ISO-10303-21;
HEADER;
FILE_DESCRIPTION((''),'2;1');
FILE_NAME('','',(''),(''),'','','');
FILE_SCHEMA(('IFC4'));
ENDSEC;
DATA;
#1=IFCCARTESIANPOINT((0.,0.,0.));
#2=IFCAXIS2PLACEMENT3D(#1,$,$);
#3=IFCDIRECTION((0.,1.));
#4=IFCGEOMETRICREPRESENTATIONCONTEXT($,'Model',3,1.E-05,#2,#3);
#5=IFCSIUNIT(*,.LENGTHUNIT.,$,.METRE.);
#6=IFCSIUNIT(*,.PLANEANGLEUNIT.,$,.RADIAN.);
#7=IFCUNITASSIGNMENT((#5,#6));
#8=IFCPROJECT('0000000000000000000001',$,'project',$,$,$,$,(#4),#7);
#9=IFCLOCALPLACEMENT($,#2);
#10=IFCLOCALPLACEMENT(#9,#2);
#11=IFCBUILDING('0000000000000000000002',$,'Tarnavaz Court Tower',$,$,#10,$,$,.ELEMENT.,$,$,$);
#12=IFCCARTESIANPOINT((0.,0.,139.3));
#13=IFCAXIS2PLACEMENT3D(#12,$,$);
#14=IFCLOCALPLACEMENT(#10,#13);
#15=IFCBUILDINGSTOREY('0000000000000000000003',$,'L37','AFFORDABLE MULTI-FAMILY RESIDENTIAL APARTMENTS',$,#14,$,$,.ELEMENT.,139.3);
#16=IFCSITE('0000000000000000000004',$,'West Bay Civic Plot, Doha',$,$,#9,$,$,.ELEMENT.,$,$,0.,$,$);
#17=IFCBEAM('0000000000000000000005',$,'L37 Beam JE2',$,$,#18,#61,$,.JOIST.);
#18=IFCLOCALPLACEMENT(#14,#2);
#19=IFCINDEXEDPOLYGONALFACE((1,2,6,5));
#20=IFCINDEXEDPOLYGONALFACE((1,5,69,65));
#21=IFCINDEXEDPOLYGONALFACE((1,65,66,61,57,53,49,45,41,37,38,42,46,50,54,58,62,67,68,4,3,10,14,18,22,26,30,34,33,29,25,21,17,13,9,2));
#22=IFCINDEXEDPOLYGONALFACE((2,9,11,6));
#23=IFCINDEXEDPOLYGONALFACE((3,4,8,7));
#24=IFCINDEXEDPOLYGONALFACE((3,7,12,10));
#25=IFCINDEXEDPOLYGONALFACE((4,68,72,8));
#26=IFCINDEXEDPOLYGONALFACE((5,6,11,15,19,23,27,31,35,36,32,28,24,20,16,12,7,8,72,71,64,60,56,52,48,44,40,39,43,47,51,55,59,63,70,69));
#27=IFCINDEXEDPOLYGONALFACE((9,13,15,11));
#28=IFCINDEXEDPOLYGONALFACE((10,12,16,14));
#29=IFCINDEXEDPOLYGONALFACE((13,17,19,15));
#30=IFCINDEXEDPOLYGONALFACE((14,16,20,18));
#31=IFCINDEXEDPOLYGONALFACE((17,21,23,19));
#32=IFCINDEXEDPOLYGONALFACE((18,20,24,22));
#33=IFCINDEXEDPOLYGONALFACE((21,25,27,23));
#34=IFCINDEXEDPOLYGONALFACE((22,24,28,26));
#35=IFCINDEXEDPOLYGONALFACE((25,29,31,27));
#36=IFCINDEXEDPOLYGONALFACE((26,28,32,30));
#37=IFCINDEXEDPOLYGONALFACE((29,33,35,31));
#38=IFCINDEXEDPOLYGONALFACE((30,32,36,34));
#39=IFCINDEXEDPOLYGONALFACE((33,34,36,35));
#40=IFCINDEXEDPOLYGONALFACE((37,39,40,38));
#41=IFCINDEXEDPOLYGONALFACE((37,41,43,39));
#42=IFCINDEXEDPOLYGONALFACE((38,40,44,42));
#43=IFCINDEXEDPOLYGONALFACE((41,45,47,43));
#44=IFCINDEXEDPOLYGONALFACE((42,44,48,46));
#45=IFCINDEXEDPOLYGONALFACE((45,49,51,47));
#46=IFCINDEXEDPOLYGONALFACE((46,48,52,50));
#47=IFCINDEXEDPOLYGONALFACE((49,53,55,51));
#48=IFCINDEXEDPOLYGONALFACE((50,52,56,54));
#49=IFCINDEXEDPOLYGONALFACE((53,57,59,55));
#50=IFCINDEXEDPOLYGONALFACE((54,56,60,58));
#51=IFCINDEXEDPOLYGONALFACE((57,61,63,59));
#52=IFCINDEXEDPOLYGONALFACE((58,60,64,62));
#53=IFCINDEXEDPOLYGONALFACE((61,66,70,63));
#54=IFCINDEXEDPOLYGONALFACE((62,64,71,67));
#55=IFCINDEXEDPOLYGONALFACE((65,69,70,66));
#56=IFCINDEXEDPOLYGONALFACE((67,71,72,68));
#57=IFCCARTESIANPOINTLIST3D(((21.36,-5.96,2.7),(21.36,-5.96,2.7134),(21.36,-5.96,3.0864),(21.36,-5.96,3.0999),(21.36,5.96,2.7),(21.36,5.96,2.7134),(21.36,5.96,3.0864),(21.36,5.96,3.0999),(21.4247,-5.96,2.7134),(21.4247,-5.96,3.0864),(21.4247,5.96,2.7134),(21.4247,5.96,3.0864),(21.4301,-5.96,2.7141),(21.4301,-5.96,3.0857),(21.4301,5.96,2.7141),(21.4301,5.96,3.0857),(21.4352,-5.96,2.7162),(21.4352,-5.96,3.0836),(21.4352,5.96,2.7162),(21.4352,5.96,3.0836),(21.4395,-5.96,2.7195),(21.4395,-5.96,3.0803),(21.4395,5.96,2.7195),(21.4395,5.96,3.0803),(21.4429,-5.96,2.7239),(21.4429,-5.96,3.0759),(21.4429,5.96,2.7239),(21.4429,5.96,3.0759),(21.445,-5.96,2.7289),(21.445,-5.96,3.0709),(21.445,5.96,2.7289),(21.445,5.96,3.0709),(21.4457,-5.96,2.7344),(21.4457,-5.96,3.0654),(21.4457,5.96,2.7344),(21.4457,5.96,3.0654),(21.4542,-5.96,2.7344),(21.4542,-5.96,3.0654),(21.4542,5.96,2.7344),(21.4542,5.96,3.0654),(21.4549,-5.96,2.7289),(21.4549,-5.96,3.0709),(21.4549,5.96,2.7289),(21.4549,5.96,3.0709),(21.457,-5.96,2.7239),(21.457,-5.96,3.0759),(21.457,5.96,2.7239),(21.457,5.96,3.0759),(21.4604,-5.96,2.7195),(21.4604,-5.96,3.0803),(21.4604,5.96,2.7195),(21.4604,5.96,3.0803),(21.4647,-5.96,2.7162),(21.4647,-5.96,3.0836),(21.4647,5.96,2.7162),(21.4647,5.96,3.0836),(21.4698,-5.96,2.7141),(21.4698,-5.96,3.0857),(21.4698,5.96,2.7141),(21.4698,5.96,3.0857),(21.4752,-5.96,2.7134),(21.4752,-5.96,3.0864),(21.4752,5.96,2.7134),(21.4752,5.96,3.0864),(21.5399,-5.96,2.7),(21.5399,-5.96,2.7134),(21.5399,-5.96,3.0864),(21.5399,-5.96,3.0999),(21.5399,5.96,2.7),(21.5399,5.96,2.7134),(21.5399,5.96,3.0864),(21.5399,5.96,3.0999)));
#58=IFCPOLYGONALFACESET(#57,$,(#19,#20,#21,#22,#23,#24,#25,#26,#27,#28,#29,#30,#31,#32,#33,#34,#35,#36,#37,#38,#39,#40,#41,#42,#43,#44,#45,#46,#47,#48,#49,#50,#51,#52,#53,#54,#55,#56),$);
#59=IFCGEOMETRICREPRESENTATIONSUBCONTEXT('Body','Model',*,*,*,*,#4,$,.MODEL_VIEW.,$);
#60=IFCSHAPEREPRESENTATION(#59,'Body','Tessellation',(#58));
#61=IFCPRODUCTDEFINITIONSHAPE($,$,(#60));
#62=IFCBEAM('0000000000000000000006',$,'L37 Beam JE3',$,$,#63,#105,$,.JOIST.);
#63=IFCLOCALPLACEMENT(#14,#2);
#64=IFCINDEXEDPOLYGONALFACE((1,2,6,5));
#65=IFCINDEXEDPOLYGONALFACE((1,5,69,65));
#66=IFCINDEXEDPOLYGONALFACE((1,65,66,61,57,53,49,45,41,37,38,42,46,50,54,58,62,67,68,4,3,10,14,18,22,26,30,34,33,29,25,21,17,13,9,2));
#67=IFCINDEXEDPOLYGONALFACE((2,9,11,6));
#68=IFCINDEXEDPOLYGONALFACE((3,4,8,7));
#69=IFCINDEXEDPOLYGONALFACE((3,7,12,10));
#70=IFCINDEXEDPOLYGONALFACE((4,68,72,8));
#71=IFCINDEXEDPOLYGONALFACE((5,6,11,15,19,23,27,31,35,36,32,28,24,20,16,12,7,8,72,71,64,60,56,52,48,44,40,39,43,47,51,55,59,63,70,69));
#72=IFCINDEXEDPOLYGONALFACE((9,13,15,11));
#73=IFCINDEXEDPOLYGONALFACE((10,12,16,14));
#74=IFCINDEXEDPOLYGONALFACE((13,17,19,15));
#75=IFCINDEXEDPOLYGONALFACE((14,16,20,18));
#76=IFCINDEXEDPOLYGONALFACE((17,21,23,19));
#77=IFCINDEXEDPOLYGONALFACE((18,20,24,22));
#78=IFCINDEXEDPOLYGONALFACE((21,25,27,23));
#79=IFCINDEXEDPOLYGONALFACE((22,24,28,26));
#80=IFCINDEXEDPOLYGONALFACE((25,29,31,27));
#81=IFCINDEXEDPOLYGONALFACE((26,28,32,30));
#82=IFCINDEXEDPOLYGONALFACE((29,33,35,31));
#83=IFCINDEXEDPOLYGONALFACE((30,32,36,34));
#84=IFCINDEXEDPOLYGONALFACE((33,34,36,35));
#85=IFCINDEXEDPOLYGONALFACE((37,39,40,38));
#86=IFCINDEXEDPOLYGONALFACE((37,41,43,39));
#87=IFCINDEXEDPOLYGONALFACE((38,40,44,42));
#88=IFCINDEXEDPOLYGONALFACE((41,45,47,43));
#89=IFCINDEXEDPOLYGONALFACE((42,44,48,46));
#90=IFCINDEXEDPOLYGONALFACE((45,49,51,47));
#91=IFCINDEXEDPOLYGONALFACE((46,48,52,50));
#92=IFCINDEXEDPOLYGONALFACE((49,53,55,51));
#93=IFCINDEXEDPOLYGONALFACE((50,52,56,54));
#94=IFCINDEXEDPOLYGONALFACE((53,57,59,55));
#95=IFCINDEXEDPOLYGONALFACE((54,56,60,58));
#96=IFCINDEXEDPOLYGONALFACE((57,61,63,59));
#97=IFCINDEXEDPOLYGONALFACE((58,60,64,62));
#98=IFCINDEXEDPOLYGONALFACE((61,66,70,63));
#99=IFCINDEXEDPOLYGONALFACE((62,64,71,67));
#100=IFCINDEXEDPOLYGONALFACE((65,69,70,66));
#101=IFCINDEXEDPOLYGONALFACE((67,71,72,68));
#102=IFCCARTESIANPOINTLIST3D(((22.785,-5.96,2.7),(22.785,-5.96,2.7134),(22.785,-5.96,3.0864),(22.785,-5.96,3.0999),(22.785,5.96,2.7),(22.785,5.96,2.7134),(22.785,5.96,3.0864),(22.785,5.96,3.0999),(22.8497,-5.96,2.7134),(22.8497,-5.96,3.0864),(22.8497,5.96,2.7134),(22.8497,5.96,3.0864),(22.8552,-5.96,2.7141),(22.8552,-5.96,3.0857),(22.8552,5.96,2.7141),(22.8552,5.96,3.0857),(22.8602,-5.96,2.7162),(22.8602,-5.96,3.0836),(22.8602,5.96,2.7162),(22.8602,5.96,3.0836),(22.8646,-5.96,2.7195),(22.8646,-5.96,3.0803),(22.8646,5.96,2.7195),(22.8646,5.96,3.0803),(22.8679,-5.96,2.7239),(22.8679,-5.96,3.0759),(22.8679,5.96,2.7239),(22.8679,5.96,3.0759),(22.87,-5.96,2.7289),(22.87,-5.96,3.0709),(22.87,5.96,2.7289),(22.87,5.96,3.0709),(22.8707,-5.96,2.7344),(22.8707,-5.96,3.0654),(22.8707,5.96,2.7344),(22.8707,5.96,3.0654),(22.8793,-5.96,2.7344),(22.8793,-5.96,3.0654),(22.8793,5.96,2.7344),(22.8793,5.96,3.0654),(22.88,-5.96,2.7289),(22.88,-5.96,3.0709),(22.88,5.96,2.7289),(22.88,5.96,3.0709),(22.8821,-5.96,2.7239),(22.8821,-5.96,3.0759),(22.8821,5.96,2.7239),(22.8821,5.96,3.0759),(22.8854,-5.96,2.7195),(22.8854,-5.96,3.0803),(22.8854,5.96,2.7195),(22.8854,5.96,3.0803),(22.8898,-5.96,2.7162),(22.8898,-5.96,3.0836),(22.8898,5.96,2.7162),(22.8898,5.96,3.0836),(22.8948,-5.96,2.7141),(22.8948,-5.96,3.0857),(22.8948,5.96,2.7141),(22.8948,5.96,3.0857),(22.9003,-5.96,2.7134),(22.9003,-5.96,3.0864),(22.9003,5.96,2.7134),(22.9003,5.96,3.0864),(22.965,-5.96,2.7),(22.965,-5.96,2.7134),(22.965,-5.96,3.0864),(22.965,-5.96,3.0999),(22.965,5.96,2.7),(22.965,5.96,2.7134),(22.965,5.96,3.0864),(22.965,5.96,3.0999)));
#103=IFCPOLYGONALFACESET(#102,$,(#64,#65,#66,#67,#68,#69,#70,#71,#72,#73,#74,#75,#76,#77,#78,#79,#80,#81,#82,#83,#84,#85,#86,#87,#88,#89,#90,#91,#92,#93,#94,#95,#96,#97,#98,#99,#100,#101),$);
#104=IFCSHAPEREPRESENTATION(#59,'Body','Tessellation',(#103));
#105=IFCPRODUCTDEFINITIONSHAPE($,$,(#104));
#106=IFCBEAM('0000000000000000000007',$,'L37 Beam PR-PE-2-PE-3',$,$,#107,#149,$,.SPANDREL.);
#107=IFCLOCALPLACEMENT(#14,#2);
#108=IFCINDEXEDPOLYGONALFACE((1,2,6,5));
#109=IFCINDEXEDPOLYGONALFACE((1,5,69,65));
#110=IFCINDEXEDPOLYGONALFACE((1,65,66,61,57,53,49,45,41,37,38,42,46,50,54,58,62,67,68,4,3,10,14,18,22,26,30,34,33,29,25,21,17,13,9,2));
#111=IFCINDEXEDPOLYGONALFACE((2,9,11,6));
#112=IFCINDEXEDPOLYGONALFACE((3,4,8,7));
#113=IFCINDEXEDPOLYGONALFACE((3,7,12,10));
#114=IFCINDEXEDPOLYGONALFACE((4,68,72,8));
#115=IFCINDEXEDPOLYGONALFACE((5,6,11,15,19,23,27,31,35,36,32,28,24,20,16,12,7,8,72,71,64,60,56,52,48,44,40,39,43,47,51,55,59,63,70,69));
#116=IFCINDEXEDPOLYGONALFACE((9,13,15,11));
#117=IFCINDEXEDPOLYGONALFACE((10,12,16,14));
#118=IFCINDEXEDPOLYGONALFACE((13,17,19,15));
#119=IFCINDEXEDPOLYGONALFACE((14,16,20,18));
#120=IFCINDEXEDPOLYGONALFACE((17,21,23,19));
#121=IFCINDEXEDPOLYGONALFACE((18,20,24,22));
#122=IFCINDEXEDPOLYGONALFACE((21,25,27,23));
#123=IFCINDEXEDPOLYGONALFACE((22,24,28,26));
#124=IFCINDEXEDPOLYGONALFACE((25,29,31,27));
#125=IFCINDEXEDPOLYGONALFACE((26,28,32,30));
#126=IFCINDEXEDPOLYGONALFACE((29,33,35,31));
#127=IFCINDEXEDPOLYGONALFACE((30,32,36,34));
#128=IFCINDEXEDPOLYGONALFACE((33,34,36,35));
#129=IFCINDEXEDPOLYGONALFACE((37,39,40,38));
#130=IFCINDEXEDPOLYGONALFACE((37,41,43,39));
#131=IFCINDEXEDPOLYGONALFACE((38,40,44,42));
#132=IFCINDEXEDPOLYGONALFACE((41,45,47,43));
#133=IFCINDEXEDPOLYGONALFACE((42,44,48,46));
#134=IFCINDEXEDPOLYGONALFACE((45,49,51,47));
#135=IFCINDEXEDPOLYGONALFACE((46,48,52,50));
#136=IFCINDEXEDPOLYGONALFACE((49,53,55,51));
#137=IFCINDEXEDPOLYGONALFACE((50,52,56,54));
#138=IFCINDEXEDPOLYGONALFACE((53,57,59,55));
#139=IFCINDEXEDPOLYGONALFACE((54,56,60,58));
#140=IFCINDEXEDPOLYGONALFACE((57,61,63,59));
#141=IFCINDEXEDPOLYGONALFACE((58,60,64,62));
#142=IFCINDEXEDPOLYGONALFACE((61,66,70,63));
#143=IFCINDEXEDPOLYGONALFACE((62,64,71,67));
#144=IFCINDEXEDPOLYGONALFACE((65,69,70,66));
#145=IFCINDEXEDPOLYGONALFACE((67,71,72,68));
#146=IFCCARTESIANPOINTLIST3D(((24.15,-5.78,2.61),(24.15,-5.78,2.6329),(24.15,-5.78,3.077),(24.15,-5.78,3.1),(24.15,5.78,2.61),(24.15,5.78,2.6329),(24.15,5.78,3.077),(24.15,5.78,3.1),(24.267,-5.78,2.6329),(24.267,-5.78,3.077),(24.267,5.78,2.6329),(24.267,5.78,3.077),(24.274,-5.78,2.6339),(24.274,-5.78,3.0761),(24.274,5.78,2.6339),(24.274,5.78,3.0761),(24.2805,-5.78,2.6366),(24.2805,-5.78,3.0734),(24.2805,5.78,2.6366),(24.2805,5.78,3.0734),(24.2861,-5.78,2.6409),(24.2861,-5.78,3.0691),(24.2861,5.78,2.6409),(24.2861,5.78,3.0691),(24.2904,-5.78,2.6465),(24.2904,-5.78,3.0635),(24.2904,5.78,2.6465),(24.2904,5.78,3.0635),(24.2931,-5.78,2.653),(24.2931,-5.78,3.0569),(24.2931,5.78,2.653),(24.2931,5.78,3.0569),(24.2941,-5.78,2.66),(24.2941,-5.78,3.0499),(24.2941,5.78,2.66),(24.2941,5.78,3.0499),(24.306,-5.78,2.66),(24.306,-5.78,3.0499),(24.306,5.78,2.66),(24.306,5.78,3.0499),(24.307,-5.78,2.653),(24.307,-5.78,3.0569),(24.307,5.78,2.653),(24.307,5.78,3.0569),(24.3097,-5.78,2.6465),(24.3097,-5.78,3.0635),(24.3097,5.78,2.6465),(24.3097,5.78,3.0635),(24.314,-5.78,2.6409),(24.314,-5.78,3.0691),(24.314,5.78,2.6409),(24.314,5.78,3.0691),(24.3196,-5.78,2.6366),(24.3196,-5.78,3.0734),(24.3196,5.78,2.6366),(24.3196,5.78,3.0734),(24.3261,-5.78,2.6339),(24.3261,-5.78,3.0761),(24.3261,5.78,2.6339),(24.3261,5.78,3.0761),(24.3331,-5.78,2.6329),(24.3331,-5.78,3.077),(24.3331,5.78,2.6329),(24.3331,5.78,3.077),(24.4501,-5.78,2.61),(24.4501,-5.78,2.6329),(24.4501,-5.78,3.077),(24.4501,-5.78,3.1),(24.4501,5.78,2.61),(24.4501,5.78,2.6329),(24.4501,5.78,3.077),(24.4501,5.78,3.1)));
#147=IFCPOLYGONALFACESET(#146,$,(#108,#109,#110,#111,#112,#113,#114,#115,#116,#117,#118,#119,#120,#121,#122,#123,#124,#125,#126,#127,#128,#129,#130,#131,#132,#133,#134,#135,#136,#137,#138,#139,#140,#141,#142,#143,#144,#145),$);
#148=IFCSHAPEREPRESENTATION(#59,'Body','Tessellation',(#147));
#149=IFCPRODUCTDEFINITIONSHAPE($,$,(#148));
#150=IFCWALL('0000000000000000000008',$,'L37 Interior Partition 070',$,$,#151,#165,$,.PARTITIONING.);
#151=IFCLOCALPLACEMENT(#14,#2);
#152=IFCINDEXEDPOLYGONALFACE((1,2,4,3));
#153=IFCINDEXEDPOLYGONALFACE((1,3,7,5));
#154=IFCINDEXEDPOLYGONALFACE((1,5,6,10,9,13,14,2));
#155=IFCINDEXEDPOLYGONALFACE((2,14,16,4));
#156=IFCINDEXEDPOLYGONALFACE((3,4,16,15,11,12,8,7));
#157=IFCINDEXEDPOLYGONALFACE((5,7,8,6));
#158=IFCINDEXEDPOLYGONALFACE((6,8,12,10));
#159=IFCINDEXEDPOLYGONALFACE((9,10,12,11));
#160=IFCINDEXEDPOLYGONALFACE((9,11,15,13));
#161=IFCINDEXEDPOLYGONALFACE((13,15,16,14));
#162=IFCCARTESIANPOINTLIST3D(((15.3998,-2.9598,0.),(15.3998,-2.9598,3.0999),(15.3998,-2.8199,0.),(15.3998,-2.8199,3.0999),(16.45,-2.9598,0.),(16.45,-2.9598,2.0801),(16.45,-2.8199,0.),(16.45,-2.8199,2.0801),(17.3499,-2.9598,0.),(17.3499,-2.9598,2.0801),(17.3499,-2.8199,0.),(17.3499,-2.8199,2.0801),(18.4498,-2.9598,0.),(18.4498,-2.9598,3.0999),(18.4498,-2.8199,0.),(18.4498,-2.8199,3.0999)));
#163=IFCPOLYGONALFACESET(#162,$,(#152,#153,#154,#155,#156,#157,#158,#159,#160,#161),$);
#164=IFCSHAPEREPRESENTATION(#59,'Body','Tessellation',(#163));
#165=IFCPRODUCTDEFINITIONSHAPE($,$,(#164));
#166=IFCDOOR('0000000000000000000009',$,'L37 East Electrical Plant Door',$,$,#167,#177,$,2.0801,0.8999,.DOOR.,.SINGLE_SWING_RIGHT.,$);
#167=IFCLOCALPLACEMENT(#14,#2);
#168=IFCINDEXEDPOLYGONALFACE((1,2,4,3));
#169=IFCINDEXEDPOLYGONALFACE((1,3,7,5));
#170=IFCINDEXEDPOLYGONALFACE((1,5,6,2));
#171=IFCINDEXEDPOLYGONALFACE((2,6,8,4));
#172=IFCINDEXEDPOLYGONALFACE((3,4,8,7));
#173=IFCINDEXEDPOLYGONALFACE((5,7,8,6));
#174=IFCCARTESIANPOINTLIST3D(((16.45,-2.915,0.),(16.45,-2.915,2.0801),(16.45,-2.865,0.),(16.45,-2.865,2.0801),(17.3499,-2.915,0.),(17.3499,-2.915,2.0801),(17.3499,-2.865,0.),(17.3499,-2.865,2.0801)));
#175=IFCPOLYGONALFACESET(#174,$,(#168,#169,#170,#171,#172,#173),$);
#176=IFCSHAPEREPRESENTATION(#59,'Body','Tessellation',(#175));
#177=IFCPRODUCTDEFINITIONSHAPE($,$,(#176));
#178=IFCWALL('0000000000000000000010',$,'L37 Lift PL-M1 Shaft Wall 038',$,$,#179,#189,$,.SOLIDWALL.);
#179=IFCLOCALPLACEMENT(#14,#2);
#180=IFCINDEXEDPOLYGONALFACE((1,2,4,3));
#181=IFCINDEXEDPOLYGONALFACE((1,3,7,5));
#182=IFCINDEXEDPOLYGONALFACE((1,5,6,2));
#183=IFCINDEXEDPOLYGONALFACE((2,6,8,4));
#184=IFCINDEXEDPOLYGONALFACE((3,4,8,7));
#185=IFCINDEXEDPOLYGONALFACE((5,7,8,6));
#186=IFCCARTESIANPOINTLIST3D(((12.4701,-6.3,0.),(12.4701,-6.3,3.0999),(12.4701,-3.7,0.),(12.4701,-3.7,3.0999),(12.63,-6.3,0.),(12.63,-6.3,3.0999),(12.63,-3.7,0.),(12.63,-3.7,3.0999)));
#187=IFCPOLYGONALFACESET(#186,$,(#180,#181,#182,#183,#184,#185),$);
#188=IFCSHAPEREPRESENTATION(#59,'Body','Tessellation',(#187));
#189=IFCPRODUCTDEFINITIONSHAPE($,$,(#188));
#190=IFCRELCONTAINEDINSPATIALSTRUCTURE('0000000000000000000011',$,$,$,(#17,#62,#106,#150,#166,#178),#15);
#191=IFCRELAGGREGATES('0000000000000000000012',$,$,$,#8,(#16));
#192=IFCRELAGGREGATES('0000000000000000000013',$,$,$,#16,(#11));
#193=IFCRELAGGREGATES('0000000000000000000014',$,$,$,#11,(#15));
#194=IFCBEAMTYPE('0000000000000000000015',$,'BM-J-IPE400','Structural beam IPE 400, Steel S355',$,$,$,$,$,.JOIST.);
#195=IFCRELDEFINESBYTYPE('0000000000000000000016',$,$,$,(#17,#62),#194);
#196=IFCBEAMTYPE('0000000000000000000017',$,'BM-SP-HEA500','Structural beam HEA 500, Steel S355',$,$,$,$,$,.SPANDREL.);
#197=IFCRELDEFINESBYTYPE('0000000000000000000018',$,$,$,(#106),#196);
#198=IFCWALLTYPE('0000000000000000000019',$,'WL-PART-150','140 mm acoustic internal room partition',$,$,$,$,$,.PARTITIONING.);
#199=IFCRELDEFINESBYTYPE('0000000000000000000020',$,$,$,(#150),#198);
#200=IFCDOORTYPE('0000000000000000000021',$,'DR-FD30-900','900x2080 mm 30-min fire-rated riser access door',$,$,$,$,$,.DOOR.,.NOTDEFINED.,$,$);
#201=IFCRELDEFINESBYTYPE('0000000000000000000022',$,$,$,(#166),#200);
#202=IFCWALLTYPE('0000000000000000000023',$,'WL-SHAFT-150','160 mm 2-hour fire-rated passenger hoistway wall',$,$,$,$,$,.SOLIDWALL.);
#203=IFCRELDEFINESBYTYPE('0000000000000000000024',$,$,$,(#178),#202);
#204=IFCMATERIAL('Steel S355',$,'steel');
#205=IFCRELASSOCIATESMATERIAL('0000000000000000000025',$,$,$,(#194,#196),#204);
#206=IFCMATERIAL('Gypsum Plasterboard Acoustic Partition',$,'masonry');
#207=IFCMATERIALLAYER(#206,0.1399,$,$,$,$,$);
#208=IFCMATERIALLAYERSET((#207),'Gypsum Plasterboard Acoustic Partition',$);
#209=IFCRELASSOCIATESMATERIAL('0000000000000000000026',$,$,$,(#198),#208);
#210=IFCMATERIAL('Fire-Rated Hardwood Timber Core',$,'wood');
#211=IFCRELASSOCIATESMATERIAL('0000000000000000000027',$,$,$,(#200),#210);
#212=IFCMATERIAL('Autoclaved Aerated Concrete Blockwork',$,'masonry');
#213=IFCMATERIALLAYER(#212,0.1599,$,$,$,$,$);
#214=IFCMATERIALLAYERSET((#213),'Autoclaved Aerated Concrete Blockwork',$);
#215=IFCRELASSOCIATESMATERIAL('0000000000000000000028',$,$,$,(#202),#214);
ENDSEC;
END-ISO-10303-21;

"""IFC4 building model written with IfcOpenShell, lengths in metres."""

from ifc_helpers import new_model, si_unit, direction, frame, frame_2d, origin, origin_2d, place, context, subcontext, project, spatial, rectangle, i_section, extrude, material, layer, layer_set, material_profile, profile_set, type_object, element, fill, save


model = new_model("IFC4")

# Units and contexts
model_context = context("Model", 3, precision=1e-05, world=origin(), true_north=direction((0.0, 1.0)))
body_context = subcontext(model_context, "Body", "Model", "MODEL_VIEW")
ifc_project = project(units=[si_unit("LENGTHUNIT", "METRE"), si_unit("PLANEANGLEUNIT", "RADIAN")], contexts=[model_context])

# Site, building, storey
site_placement = place(None, origin())
site = spatial("IfcSite", under=ifc_project, at=site_placement, Name="West Bay Civic Plot, Doha", CompositionType="ELEMENT", RefElevation=0.0)
building_placement = place(site_placement, origin())
building = spatial("IfcBuilding", under=site, at=building_placement, Name="Tarnavaz Court Tower", CompositionType="ELEMENT")
storey_placement = place(building_placement, frame((0.0, 0.0, 139.3)))
storey = spatial("IfcBuildingStorey", under=building, at=storey_placement, Name="L37", Description="AFFORDABLE MULTI-FAMILY RESIDENTIAL APARTMENTS", CompositionType="ELEMENT", Elevation=139.3)

# Beams
ifc_material_1 = material(Name="Steel S355", Category="steel")
ifc_material_profile_1 = material_profile(ifc_material_1, i_section(OverallWidth=0.1799, OverallDepth=0.3999, WebThickness=0.0085, FlangeThickness=0.0134, FilletRadius=0.021, at=origin_2d()), Name="IPE 400")
ifc_profile_set_1 = profile_set([ifc_material_profile_1], Name="Steel S355")
beam_type_1 = type_object("IfcBeamType", Name="BM-J-IPE400", Description="Structural beam IPE 400, Steel S355", PredefinedType="JOIST", material=ifc_profile_set_1)
for number, where, z_axis, x_axis, name in (
    (1, (21.45, -5.96, 2.8999), (0.0, 1.0, 0.0), (-1.0, 0.0, 0.0), "L37 Beam JE2"),
    (2, (22.875, -5.96, 2.8999), (0.0, 1.0, 0.0), (-1.0, 0.0, 0.0), "L37 Beam JE3"),
):
    element("IfcBeam", number, at=place(storey_placement, frame(where, z_axis=z_axis, x_axis=x_axis)), inside=storey, type_object=beam_type_1, Name=name, PredefinedType="JOIST", context=body_context, shape_type="SweptSolid", body=[
        extrude(i_section(OverallWidth=0.1799, OverallDepth=0.3999, WebThickness=0.0085, FlangeThickness=0.0134, FilletRadius=0.021, at=origin_2d()), origin(), (0.0, 0.0, 1.0), 11.9199),
    ])
ifc_material_profile_2 = material_profile(ifc_material_1, i_section(OverallWidth=0.3, OverallDepth=0.49, WebThickness=0.012, FlangeThickness=0.0229, FilletRadius=0.0271, at=origin_2d()), Name="HEA 500")
ifc_profile_set_2 = profile_set([ifc_material_profile_2], Name="Steel S355")
beam_type_2 = type_object("IfcBeamType", Name="BM-SP-HEA500", Description="Structural beam HEA 500, Steel S355", PredefinedType="SPANDREL", material=ifc_profile_set_2)
beam_1_placement = place(storey_placement, frame((24.3, -5.78, 2.855), z_axis=(0.0, 1.0, 0.0), x_axis=(-1.0, 0.0, 0.0)))
element("IfcBeam", 3, at=beam_1_placement, inside=storey, type_object=beam_type_2, Name="L37 Beam PR-PE-2-PE-3", PredefinedType="SPANDREL", context=body_context, shape_type="SweptSolid", body=[
    extrude(i_section(OverallWidth=0.3, OverallDepth=0.49, WebThickness=0.012, FlangeThickness=0.0229, FilletRadius=0.0271, at=origin_2d()), origin(), (0.0, 0.0, 1.0), 11.5601),
])

# Wall, opening, door
ifc_material_2 = material(Name="Gypsum Plasterboard Acoustic Partition", Category="masonry")
ifc_layer_1 = layer(ifc_material_2, 0.1399)
ifc_layer_set_1 = layer_set([ifc_layer_1], Name="Gypsum Plasterboard Acoustic Partition")
wall_type_1 = type_object("IfcWallType", Name="WL-PART-150", Description="140 mm acoustic internal room partition", PredefinedType="PARTITIONING", material=ifc_layer_set_1)
wall_1_placement = place(storey_placement, frame((15.3999, -2.8899, 0.0), z_axis=(0.0, 0.0, 1.0), x_axis=(1.0, 0.0, 0.0)))
wall_1 = element("IfcWall", 4, at=wall_1_placement, inside=storey, type_object=wall_type_1, Name="L37 Interior Partition 070", PredefinedType="PARTITIONING", context=body_context, shape_type="SweptSolid", body=[
    extrude(rectangle(XDim=3.05, YDim=0.1399, at=frame_2d((1.5249, 0.0))), origin(), (0.0, 0.0, 1.0), 3.0999),
])
opening_1_placement = place(wall_1_placement, frame((1.05, 0.0, 0.0)))
opening_1 = element("IfcOpeningElement", 5, at=opening_1_placement, cuts=wall_1, PredefinedType="OPENING", context=body_context, shape_type="SweptSolid", body=[
    extrude(rectangle(XDim=0.8999, YDim=2.0801, at=frame_2d((0.45, 1.04))), frame((0.0, 0.0798, 0.0), z_axis=(0.0, -1.0, 0.0), x_axis=(1.0, 0.0, 0.0)), (0.0, 0.0, 1.0), 0.1599),
])
ifc_material_3 = material(Name="Fire-Rated Hardwood Timber Core", Category="wood")
door_type_1 = type_object("IfcDoorType", Name="DR-FD30-900", Description="900x2080 mm 30-min fire-rated riser access door", OperationType="NOTDEFINED", PredefinedType="DOOR", material=ifc_material_3)
door_1_placement = place(opening_1_placement, origin())
door_1 = element("IfcDoor", 6, at=door_1_placement, inside=storey, type_object=door_type_1, Name="L37 East Electrical Plant Door", OperationType="SINGLE_SWING_RIGHT", OverallHeight=2.0801, OverallWidth=0.8999, PredefinedType="DOOR", context=body_context, shape_type="SweptSolid", body=[
    extrude(rectangle(XDim=0.8999, YDim=2.0801, at=frame_2d((0.45, 1.04))), frame((0.0, 0.0249, 0.0), z_axis=(0.0, -1.0, 0.0), x_axis=(1.0, 0.0, 0.0)), (0.0, 0.0, 1.0), 0.05),
])
fill(opening_1, door_1)

# Wall
ifc_material_4 = material(Name="Autoclaved Aerated Concrete Blockwork", Category="masonry")
ifc_layer_2 = layer(ifc_material_4, 0.1599)
ifc_layer_set_2 = layer_set([ifc_layer_2], Name="Autoclaved Aerated Concrete Blockwork")
wall_type_2 = type_object("IfcWallType", Name="WL-SHAFT-150", Description="160 mm 2-hour fire-rated passenger hoistway wall", PredefinedType="SOLIDWALL", material=ifc_layer_set_2)
for number, where, z_axis, x_axis, name in (
    (7, (12.55, -6.3, 0.0), (0.0, 0.0, 1.0), (0.0, 1.0, 0.0), "L37 Lift PL-M1 Shaft Wall 038"),
):
    element("IfcWall", number, at=place(storey_placement, frame(where, z_axis=z_axis, x_axis=x_axis)), inside=storey, type_object=wall_type_2, Name=name, PredefinedType="SOLIDWALL", context=body_context, shape_type="SweptSolid", body=[
        extrude(rectangle(XDim=2.6001, YDim=0.1599, at=frame_2d((1.3, 0.0))), origin(), (0.0, 0.0, 1.0), 3.0999),
    ])

save(model, "model.ifc")
